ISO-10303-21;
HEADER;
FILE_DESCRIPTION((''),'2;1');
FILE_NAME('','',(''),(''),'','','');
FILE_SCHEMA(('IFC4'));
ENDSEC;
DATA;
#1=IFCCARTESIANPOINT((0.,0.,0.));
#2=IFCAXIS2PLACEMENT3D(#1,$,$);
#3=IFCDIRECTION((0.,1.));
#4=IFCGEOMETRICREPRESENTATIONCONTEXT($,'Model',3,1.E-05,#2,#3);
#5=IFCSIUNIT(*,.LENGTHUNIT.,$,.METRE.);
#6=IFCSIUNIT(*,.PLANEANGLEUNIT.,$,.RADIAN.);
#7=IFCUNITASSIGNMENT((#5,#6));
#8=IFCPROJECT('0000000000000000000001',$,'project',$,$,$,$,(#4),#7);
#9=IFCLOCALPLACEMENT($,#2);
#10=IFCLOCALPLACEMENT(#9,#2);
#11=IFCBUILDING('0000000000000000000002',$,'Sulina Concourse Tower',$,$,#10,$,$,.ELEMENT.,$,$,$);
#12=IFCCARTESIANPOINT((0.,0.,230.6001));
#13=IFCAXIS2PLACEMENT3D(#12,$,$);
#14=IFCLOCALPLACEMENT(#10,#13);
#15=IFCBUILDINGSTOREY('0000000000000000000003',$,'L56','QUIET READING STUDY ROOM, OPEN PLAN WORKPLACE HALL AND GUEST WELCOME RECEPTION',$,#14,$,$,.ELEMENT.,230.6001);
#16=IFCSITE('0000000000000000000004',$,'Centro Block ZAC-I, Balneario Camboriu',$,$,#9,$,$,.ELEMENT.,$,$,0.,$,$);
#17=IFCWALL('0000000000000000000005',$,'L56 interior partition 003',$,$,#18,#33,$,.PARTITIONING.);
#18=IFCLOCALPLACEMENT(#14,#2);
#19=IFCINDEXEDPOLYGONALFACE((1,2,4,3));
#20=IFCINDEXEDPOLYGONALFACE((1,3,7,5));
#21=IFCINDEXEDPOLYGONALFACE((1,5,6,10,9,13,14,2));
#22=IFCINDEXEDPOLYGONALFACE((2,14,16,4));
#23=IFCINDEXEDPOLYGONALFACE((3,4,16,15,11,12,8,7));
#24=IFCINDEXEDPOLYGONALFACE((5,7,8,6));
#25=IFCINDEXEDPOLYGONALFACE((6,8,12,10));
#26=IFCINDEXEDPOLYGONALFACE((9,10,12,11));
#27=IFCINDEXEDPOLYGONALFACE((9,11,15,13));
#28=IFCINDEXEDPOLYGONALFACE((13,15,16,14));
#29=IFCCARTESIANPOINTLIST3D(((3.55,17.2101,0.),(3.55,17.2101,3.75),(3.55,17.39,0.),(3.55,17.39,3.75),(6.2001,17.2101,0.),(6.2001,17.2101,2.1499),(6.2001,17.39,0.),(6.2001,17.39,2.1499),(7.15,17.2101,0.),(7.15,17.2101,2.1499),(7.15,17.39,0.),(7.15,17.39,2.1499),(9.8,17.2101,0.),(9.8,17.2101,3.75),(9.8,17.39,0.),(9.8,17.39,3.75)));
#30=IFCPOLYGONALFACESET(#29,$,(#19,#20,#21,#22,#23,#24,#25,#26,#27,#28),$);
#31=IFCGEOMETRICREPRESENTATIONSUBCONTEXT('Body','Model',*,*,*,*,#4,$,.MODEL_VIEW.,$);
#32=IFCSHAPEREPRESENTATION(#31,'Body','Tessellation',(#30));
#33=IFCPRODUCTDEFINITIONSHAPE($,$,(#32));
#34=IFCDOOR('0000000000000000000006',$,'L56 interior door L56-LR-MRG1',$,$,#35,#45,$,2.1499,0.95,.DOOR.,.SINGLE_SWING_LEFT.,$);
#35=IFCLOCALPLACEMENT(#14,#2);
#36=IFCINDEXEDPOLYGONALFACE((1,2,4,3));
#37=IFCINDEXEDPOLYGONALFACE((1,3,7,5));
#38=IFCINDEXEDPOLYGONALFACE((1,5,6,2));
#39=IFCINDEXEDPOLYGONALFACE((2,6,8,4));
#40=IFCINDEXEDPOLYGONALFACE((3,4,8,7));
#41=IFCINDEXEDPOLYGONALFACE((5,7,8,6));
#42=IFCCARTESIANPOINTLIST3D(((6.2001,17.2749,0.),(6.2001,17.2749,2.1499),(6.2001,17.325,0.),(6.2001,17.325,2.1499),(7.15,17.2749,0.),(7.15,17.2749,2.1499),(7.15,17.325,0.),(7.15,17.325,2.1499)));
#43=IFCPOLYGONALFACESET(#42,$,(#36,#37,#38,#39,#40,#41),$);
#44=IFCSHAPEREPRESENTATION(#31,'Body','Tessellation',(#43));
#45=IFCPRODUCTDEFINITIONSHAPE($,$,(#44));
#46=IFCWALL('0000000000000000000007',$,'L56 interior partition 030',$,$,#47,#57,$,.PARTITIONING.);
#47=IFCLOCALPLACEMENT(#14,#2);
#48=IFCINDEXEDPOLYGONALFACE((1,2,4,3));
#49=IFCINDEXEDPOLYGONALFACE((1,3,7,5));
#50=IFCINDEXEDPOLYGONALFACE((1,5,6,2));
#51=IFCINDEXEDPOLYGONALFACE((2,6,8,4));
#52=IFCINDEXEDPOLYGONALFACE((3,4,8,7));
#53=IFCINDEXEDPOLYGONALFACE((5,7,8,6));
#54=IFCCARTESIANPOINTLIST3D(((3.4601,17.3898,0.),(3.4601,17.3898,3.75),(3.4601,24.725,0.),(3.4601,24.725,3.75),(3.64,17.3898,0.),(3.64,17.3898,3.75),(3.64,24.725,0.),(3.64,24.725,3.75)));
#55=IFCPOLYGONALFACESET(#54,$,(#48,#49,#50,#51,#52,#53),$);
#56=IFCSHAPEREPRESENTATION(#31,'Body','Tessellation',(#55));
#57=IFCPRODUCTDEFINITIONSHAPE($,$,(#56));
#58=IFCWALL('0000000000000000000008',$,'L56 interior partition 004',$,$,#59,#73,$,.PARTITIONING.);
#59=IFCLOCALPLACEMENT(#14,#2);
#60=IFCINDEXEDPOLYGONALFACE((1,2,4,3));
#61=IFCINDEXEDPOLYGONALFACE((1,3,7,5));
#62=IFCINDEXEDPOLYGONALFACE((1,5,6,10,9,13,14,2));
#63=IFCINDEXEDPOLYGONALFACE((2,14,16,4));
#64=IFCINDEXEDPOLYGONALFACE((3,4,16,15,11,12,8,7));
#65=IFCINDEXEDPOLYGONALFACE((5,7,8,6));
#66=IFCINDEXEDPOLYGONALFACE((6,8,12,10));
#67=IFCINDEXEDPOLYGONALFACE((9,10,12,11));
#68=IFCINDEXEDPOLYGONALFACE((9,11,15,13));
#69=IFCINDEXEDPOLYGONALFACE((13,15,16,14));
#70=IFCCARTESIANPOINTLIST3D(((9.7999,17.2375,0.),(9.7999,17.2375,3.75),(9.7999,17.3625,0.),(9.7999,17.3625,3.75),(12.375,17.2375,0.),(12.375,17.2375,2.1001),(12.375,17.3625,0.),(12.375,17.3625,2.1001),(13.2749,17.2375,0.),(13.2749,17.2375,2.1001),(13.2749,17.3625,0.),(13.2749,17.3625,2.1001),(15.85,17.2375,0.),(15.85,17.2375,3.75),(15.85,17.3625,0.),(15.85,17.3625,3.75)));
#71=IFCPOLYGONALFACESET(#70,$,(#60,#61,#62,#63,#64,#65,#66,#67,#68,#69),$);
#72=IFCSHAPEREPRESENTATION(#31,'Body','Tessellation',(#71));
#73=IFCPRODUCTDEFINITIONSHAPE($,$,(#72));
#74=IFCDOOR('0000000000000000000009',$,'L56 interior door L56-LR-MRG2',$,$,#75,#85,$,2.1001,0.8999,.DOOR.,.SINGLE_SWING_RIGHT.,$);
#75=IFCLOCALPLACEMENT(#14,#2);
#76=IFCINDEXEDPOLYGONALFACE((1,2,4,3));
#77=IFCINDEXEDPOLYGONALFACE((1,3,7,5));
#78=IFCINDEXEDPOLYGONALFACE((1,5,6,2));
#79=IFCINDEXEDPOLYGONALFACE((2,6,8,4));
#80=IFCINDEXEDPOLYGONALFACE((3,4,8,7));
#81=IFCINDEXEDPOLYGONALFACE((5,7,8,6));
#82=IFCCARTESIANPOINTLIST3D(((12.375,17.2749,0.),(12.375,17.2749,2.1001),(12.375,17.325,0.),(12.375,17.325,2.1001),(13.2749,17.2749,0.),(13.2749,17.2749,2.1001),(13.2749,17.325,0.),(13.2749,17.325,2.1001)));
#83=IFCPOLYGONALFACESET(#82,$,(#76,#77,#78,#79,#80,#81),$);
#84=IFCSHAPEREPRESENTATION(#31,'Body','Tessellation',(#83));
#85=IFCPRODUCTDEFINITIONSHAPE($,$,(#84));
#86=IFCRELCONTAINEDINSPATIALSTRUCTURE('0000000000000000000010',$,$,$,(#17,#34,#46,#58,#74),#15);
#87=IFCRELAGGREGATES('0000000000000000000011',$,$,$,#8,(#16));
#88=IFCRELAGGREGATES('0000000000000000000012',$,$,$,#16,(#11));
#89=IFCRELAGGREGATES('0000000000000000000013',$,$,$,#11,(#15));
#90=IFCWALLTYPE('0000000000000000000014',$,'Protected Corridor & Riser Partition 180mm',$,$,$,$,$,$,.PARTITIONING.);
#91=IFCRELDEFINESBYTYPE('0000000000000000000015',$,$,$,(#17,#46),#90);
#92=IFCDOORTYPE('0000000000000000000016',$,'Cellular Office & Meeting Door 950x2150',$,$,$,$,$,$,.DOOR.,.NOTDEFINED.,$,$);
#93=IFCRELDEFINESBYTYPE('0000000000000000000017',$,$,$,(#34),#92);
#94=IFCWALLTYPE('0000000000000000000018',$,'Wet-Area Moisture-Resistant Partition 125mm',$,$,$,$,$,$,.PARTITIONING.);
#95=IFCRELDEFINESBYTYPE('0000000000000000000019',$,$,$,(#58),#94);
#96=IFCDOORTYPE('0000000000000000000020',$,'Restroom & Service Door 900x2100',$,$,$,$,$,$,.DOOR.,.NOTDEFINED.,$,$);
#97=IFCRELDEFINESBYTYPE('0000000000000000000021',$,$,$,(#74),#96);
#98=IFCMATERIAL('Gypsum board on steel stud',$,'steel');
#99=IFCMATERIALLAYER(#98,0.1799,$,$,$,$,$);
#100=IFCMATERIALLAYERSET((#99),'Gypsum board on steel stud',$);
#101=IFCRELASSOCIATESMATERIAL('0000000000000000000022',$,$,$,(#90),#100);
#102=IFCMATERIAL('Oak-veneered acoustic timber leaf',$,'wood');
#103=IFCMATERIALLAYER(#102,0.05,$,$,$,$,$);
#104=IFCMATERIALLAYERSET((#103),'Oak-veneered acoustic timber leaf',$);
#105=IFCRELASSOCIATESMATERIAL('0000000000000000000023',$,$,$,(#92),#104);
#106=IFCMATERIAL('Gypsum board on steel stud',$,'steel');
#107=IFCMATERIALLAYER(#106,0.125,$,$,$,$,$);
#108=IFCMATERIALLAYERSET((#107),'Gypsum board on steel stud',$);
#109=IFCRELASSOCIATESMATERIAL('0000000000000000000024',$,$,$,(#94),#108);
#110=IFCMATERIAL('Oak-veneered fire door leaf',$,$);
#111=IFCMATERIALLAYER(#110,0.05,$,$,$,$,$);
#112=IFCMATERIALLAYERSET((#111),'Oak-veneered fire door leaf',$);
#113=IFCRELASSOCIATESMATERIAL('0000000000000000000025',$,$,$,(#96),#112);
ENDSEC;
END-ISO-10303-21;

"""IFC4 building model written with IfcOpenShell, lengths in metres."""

from ifc_helpers import new_model, si_unit, direction, frame, frame_2d, origin, place, context, subcontext, project, spatial, rectangle, extrude, material, layer, layer_set, type_object, element, fill, save


model = new_model("IFC4")

# Units and contexts
model_context = context("Model", 3, precision=1e-05, world=origin(), true_north=direction((0.0, 1.0)))
body_context = subcontext(model_context, "Body", "Model", "MODEL_VIEW")
ifc_project = project(units=[si_unit("LENGTHUNIT", "METRE"), si_unit("PLANEANGLEUNIT", "RADIAN")], contexts=[model_context])

# Site, building, storey
site_placement = place(None, origin())
site = spatial("IfcSite", under=ifc_project, at=site_placement, Name="Centro Block ZAC-I, Balneario Camboriu", CompositionType="ELEMENT", RefElevation=0.0)
building_placement = place(site_placement, origin())
building = spatial("IfcBuilding", under=site, at=building_placement, Name="Sulina Concourse Tower", CompositionType="ELEMENT")
storey_placement = place(building_placement, frame((0.0, 0.0, 230.6001)))
storey = spatial("IfcBuildingStorey", under=building, at=storey_placement, Name="L56", Description="QUIET READING STUDY ROOM, OPEN PLAN WORKPLACE HALL AND GUEST WELCOME RECEPTION", CompositionType="ELEMENT", Elevation=230.6001)

# Wall, opening, door
ifc_material_1 = material(Name="Gypsum board on steel stud", Category="steel")
ifc_layer_1 = layer(ifc_material_1, 0.1799)
ifc_layer_set_1 = layer_set([ifc_layer_1], Name="Gypsum board on steel stud")
wall_type_1 = type_object("IfcWallType", Name="Protected Corridor & Riser Partition 180mm", PredefinedType="PARTITIONING", material=ifc_layer_set_1)
ifc_material_2 = material(Name="Oak-veneered acoustic timber leaf", Category="wood")
ifc_layer_2 = layer(ifc_material_2, 0.05)
ifc_layer_set_2 = layer_set([ifc_layer_2], Name="Oak-veneered acoustic timber leaf")
door_type_1 = type_object("IfcDoorType", Name="Cellular Office & Meeting Door 950x2150", OperationType="NOTDEFINED", PredefinedType="DOOR", material=ifc_layer_set_2)
wall_1_placement = place(storey_placement, frame((3.55, 17.3, 0.0), z_axis=(0.0, 0.0, 1.0), x_axis=(1.0, 0.0, 0.0)))
wall_1 = element("IfcWall", 1, at=wall_1_placement, inside=storey, type_object=wall_type_1, Name="L56 interior partition 003", PredefinedType="PARTITIONING", context=body_context, shape_type="SweptSolid", body=[
    extrude(rectangle(XDim=6.25, YDim=0.1799, at=frame_2d((3.125, 0.0))), origin(), (0.0, 0.0, 1.0), 3.75),
])
opening_1_placement = place(wall_1_placement, frame((2.6499, 0.0, 0.0)))
opening_1 = element("IfcOpeningElement", 2, at=opening_1_placement, cuts=wall_1, PredefinedType="OPENING", context=body_context, shape_type="SweptSolid", body=[
    extrude(rectangle(XDim=0.95, YDim=2.1499, at=frame_2d((0.4751, 1.075))), frame((0.0, 0.0999, 0.0), z_axis=(0.0, -1.0, 0.0), x_axis=(1.0, 0.0, 0.0)), (0.0, 0.0, 1.0), 0.2),
])
door_1_placement = place(opening_1_placement, origin())
door_1 = element("IfcDoor", 3, at=door_1_placement, inside=storey, type_object=door_type_1, Name="L56 interior door L56-LR-MRG1", OperationType="SINGLE_SWING_LEFT", OverallHeight=2.1499, OverallWidth=0.95, PredefinedType="DOOR", context=body_context, shape_type="SweptSolid", body=[
    extrude(rectangle(XDim=0.95, YDim=2.1499, at=frame_2d((0.4751, 1.075))), frame((0.0, 0.0249, 0.0), z_axis=(0.0, -1.0, 0.0), x_axis=(1.0, 0.0, 0.0)), (0.0, 0.0, 1.0), 0.05),
])
fill(opening_1, door_1)

# Wall
wall_2_placement = place(storey_placement, frame((3.55, 17.3899, 0.0), z_axis=(0.0, 0.0, 1.0), x_axis=(0.0, 1.0, 0.0)))
element("IfcWall", 4, at=wall_2_placement, inside=storey, type_object=wall_type_1, Name="L56 interior partition 030", PredefinedType="PARTITIONING", context=body_context, shape_type="SweptSolid", body=[
    extrude(rectangle(XDim=7.3352, YDim=0.1799, at=frame_2d((3.6675, 0.0))), origin(), (0.0, 0.0, 1.0), 3.75),
])

# Wall, opening, door
ifc_material_3 = material(Name="Gypsum board on steel stud", Category="steel")
ifc_layer_3 = layer(ifc_material_3, 0.125)
ifc_layer_set_3 = layer_set([ifc_layer_3], Name="Gypsum board on steel stud")
wall_type_2 = type_object("IfcWallType", Name="Wet-Area Moisture-Resistant Partition 125mm", PredefinedType="PARTITIONING", material=ifc_layer_set_3)
wall_3_placement = place(storey_placement, frame((9.8, 17.3, 0.0), z_axis=(0.0, 0.0, 1.0), x_axis=(1.0, 0.0, 0.0)))
wall_3 = element("IfcWall", 5, at=wall_3_placement, inside=storey, type_object=wall_type_2, Name="L56 interior partition 004", PredefinedType="PARTITIONING", context=body_context, shape_type="SweptSolid", body=[
    extrude(rectangle(XDim=6.05, YDim=0.125, at=frame_2d((3.0249, 0.0))), origin(), (0.0, 0.0, 1.0), 3.75),
])
opening_2_placement = place(wall_3_placement, frame((2.575, 0.0, 0.0)))
opening_2 = element("IfcOpeningElement", 6, at=opening_2_placement, cuts=wall_3, PredefinedType="OPENING", context=body_context, shape_type="SweptSolid", body=[
    extrude(rectangle(XDim=0.8999, YDim=2.1001, at=frame_2d((0.45, 1.05))), frame((0.0, 0.0725, 0.0), z_axis=(0.0, -1.0, 0.0), x_axis=(1.0, 0.0, 0.0)), (0.0, 0.0, 1.0), 0.145),
])
ifc_material_4 = material(Name="Oak-veneered fire door leaf")
ifc_layer_4 = layer(ifc_material_4, 0.05)
ifc_layer_set_4 = layer_set([ifc_layer_4], Name="Oak-veneered fire door leaf")
door_type_2 = type_object("IfcDoorType", Name="Restroom & Service Door 900x2100", OperationType="NOTDEFINED", PredefinedType="DOOR", material=ifc_layer_set_4)
door_2_placement = place(opening_2_placement, origin())
door_2 = element("IfcDoor", 7, at=door_2_placement, inside=storey, type_object=door_type_2, Name="L56 interior door L56-LR-MRG2", OperationType="SINGLE_SWING_RIGHT", OverallHeight=2.1001, OverallWidth=0.8999, PredefinedType="DOOR", context=body_context, shape_type="SweptSolid", body=[
    extrude(rectangle(XDim=0.8999, YDim=2.1001, at=frame_2d((0.45, 1.05))), frame((0.0, 0.0249, 0.0), z_axis=(0.0, -1.0, 0.0), x_axis=(1.0, 0.0, 0.0)), (0.0, 0.0, 1.0), 0.05),
])
fill(opening_2, door_2)

save(model, "model.ifc")
